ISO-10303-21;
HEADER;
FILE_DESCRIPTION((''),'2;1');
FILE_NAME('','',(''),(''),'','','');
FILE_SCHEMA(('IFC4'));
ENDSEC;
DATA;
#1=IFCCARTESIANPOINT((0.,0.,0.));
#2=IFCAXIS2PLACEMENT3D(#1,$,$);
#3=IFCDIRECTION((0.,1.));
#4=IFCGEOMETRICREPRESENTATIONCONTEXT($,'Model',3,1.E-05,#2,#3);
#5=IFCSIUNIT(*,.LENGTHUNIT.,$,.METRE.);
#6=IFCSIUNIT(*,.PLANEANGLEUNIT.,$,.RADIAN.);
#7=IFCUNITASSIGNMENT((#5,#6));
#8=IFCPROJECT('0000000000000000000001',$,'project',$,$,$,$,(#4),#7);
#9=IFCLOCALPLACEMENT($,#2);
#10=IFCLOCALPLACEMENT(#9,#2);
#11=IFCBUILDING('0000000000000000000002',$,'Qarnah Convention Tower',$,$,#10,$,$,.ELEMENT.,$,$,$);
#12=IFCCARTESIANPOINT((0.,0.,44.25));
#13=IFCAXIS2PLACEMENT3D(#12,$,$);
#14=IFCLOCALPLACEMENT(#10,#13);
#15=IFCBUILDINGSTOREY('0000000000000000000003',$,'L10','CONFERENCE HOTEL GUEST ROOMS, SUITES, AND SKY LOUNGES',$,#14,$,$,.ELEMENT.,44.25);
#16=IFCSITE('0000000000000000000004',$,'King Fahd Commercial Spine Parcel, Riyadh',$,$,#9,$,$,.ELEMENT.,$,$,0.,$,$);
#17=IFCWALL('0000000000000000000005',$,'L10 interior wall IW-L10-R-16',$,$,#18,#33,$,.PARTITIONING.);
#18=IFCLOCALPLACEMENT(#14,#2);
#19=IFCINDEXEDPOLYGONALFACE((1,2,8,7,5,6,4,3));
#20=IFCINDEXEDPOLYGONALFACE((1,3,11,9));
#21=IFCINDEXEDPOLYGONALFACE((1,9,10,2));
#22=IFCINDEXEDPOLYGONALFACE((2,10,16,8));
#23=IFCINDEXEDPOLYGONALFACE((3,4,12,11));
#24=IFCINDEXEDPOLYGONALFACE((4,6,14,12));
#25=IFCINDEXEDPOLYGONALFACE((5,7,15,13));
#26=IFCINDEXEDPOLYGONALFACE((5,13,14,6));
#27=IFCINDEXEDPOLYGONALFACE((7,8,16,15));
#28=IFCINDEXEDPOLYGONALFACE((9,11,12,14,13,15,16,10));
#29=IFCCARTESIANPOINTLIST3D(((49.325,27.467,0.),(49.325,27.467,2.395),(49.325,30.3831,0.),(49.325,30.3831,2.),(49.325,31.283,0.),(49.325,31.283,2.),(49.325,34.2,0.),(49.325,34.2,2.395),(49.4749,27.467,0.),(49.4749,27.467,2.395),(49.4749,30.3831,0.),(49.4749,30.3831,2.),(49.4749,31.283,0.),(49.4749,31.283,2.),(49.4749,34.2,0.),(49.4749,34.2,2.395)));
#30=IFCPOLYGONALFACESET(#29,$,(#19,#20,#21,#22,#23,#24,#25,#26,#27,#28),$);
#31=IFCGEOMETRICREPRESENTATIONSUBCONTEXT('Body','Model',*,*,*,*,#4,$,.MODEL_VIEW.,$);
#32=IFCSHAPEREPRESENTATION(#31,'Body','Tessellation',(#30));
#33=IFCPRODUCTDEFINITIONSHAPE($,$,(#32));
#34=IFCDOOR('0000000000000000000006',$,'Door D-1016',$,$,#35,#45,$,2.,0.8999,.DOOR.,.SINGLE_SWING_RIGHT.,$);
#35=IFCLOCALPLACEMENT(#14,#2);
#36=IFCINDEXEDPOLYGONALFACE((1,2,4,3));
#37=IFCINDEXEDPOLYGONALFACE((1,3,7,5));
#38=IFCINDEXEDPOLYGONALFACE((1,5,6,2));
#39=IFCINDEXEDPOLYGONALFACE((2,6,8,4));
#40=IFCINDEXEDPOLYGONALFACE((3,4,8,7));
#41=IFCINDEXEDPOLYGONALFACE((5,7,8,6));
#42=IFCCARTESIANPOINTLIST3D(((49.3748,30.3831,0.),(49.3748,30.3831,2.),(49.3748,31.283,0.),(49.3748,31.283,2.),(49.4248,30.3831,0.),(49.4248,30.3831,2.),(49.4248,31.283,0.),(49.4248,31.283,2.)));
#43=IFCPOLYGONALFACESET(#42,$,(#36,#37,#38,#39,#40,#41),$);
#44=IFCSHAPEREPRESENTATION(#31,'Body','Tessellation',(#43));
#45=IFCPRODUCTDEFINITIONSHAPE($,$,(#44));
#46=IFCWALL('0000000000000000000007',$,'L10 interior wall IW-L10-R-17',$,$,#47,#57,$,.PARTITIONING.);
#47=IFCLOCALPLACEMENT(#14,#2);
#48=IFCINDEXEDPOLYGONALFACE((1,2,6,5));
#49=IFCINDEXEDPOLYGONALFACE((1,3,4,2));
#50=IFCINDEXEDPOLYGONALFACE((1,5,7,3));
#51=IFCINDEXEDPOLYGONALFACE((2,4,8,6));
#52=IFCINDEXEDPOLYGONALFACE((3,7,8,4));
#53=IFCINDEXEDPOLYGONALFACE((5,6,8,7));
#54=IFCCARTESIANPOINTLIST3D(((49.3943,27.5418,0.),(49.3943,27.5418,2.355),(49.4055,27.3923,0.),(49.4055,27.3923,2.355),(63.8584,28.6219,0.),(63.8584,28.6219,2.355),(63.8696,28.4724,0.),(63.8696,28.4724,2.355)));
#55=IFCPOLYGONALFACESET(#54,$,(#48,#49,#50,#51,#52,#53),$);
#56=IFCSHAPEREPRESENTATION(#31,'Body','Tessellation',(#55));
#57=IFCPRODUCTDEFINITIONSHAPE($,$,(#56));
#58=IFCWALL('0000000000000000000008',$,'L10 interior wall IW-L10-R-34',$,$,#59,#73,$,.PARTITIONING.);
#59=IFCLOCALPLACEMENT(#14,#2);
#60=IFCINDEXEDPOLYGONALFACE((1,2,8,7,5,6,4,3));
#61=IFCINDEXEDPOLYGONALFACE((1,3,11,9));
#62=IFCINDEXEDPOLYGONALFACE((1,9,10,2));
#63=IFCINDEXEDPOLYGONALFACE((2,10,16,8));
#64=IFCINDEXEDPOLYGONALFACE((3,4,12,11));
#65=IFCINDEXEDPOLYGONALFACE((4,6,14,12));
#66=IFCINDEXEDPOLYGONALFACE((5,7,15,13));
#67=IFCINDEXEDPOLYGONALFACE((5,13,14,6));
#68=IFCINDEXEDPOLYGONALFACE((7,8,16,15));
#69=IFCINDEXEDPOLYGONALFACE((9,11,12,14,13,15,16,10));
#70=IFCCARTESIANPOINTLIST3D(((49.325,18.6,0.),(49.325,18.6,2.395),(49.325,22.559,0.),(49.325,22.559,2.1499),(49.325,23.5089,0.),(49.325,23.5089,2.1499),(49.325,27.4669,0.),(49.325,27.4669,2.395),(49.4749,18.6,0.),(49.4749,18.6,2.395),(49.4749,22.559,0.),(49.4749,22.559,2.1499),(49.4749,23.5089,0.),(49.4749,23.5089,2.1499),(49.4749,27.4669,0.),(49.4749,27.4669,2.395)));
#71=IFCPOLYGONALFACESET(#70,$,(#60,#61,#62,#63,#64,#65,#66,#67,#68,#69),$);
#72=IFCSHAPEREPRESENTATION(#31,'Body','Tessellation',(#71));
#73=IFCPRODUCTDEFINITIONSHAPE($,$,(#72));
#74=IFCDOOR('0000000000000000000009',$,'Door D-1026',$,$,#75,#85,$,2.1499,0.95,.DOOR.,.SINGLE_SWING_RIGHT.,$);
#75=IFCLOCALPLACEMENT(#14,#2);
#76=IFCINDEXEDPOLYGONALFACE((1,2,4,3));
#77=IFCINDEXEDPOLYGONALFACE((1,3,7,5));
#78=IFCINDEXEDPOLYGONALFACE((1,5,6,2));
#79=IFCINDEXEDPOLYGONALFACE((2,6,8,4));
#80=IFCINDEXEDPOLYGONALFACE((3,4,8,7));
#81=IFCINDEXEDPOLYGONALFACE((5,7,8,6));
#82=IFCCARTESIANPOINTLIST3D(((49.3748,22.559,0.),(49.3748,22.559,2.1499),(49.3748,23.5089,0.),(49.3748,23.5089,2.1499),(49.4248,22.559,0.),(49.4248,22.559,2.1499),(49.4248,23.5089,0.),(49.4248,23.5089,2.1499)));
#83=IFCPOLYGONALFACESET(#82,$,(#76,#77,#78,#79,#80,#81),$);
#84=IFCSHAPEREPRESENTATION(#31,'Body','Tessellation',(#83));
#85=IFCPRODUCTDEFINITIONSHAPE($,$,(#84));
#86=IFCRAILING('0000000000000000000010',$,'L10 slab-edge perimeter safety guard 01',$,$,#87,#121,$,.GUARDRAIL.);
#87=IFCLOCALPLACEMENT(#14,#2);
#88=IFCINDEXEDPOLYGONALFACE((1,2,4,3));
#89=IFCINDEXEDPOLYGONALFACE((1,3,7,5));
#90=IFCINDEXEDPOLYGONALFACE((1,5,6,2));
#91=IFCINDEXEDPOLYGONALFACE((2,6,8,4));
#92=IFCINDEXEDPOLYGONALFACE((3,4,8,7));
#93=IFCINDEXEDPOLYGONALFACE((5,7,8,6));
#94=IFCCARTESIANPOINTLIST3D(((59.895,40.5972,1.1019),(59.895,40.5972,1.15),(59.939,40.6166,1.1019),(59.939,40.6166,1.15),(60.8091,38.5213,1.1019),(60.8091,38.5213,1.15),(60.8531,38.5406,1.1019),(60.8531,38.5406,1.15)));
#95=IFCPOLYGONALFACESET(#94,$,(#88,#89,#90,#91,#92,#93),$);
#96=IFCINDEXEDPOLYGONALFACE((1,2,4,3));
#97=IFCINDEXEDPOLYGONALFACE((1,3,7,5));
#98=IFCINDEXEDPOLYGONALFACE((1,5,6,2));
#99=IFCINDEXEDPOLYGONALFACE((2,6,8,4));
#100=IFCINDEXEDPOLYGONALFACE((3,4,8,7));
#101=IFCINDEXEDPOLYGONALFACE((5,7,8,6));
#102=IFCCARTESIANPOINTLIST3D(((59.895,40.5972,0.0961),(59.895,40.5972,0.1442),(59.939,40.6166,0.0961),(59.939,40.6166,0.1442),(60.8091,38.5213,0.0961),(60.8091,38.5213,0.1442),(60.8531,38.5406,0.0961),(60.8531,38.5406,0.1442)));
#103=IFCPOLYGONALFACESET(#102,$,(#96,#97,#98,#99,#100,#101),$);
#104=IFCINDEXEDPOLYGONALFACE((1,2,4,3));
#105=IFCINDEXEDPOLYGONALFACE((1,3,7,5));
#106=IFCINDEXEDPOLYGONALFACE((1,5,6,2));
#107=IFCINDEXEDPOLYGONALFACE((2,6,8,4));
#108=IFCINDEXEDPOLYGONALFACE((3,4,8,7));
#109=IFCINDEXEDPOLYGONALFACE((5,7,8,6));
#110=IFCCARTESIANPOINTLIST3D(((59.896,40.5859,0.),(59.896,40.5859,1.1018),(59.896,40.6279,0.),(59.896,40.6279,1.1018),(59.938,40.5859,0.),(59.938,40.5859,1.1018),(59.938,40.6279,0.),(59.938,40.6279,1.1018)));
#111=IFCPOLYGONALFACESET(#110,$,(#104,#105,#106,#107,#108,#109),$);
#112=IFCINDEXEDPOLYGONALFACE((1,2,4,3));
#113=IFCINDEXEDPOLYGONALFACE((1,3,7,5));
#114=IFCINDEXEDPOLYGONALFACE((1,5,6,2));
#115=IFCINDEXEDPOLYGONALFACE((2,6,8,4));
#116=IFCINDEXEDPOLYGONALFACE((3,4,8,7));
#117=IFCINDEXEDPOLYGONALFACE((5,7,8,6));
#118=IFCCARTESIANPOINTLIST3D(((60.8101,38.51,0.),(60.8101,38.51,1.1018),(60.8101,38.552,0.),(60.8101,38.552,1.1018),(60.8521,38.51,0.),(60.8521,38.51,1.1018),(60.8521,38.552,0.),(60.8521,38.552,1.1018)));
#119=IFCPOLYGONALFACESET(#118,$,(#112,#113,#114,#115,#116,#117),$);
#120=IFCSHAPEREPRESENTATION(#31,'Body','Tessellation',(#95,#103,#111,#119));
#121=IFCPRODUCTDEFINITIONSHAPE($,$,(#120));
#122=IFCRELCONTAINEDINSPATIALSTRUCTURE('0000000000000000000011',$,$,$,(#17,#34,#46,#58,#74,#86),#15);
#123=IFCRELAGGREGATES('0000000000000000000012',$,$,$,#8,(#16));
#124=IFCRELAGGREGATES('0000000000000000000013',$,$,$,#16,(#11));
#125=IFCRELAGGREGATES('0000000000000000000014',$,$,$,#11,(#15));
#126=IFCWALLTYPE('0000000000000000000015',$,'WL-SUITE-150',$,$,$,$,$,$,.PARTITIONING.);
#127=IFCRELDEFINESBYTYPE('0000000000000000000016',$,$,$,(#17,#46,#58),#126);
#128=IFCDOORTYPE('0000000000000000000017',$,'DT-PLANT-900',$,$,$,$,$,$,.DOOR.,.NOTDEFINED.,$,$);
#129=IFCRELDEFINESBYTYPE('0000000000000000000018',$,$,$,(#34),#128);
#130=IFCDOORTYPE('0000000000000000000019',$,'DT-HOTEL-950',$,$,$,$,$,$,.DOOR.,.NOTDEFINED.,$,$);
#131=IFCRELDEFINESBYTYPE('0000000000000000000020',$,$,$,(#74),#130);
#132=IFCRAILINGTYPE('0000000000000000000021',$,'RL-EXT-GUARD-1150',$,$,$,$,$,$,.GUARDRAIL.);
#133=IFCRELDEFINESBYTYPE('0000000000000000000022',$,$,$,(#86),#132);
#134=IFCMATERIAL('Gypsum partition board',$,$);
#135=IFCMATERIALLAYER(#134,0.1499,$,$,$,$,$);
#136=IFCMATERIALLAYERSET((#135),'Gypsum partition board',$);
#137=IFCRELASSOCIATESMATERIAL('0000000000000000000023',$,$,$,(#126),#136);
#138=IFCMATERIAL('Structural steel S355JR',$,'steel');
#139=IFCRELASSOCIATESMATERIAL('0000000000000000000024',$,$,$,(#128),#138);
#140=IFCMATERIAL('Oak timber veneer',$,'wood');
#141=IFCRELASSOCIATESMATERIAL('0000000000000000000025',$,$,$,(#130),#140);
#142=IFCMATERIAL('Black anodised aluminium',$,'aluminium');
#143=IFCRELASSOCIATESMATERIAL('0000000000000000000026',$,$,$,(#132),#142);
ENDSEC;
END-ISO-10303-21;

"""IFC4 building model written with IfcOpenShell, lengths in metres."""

from ifc_helpers import new_model, si_unit, direction, frame, frame_2d, origin, origin_2d, place, context, subcontext, project, spatial, rectangle, extrude, material, layer, layer_set, type_object, element, fill, save


model = new_model("IFC4")

# Units and contexts
model_context = context("Model", 3, precision=1e-05, world=origin(), true_north=direction((0.0, 1.0)))
body_context = subcontext(model_context, "Body", "Model", "MODEL_VIEW")
ifc_project = project(units=[si_unit("LENGTHUNIT", "METRE"), si_unit("PLANEANGLEUNIT", "RADIAN")], contexts=[model_context])

# Site, building, storey
site_placement = place(None, origin())
site = spatial("IfcSite", under=ifc_project, at=site_placement, Name="King Fahd Commercial Spine Parcel, Riyadh", CompositionType="ELEMENT", RefElevation=0.0)
building_placement = place(site_placement, origin())
building = spatial("IfcBuilding", under=site, at=building_placement, Name="Qarnah Convention Tower", CompositionType="ELEMENT")
storey_placement = place(building_placement, frame((0.0, 0.0, 44.25)))
storey = spatial("IfcBuildingStorey", under=building, at=storey_placement, Name="L10", Description="CONFERENCE HOTEL GUEST ROOMS, SUITES, AND SKY LOUNGES", CompositionType="ELEMENT", Elevation=44.25)

# Shared definitions
ifc_material_1 = material(Name="Structural steel S355JR", Category="steel")

# Shared definitions
ifc_material_2 = material(Name="Black anodised aluminium", Category="aluminium")

# Shared definitions
ifc_material_3 = material(Name="Gypsum partition board")
ifc_layer_1 = layer(ifc_material_3, 0.1499)
ifc_layer_set_1 = layer_set([ifc_layer_1], Name="Gypsum partition board")
wall_type_1 = type_object("IfcWallType", Name="WL-SUITE-150", PredefinedType="PARTITIONING", material=ifc_layer_set_1)

# Wall, opening, door
wall_1_placement = place(storey_placement, frame((49.3999, 34.2, 0.0), z_axis=(0.0, 0.0, 1.0), x_axis=(0.0, -1.0, 0.0)))
wall_1 = element("IfcWall", 1, at=wall_1_placement, inside=storey, type_object=wall_type_1, Name="L10 interior wall IW-L10-R-16", PredefinedType="PARTITIONING", context=body_context, shape_type="SweptSolid", body=[
    extrude(rectangle(XDim=6.7329, YDim=0.1499, at=frame_2d((3.3665, 0.0))), origin(), (0.0, 0.0, 1.0), 2.395),
])
opening_1_placement = place(wall_1_placement, frame((2.917, 0.0, 0.0)))
opening_1 = element("IfcOpeningElement", 2, at=opening_1_placement, cuts=wall_1, PredefinedType="OPENING", context=body_context, shape_type="SweptSolid", body=[
    extrude(rectangle(XDim=0.8999, YDim=2.0, at=frame_2d((0.45, 1.0))), frame((0.0, 0.085, 0.0), z_axis=(0.0, -1.0, 0.0), x_axis=(1.0, 0.0, 0.0)), (0.0, 0.0, 1.0), 0.1699),
])
door_type_1 = type_object("IfcDoorType", Name="DT-PLANT-900", OperationType="NOTDEFINED", PredefinedType="DOOR", material=ifc_material_1)
door_1_placement = place(opening_1_placement, origin())
door_1 = element("IfcDoor", 3, at=door_1_placement, inside=storey, type_object=door_type_1, Name="Door D-1016", OperationType="SINGLE_SWING_RIGHT", OverallHeight=2.0, OverallWidth=0.8999, PredefinedType="DOOR", context=body_context, shape_type="SweptSolid", body=[
    extrude(rectangle(XDim=0.8999, YDim=2.0, at=frame_2d((0.45, 1.0))), frame((0.0, 0.0249, 0.0), z_axis=(0.0, -1.0, 0.0), x_axis=(1.0, 0.0, 0.0)), (0.0, 0.0, 1.0), 0.05),
])
fill(opening_1, door_1)

# Wall
wall_2_placement = place(storey_placement, frame((49.3999, 27.467, 0.0), z_axis=(0.0, 0.0, 1.0), x_axis=(0.997224, 0.074466, 0.0)))
element("IfcWall", 4, at=wall_2_placement, inside=storey, type_object=wall_type_1, Name="L10 interior wall IW-L10-R-17", PredefinedType="PARTITIONING", context=body_context, shape_type="SweptSolid", body=[
    extrude(rectangle(XDim=14.5044, YDim=0.1499, at=frame_2d((7.2522, 0.0))), origin(), (0.0, 0.0, 1.0), 2.355),
])

# Wall, opening, door
wall_3_placement = place(storey_placement, frame((49.3999, 27.467, 0.0), z_axis=(0.0, 0.0, 1.0), x_axis=(0.0, -1.0, 0.0)))
wall_3 = element("IfcWall", 5, at=wall_3_placement, inside=storey, type_object=wall_type_1, Name="L10 interior wall IW-L10-R-34", PredefinedType="PARTITIONING", context=body_context, shape_type="SweptSolid", body=[
    extrude(rectangle(XDim=8.8669, YDim=0.1499, at=frame_2d((4.4336, 0.0))), origin(), (0.0, 0.0, 1.0), 2.395),
])
opening_2_placement = place(wall_3_placement, frame((3.958, 0.0, 0.0)))
opening_2 = element("IfcOpeningElement", 6, at=opening_2_placement, cuts=wall_3, PredefinedType="OPENING", context=body_context, shape_type="SweptSolid", body=[
    extrude(rectangle(XDim=0.95, YDim=2.1499, at=frame_2d((0.4751, 1.075))), frame((0.0, 0.085, 0.0), z_axis=(0.0, -1.0, 0.0), x_axis=(1.0, 0.0, 0.0)), (0.0, 0.0, 1.0), 0.1699),
])
ifc_material_4 = material(Name="Oak timber veneer", Category="wood")
door_type_2 = type_object("IfcDoorType", Name="DT-HOTEL-950", OperationType="NOTDEFINED", PredefinedType="DOOR", material=ifc_material_4)
door_2_placement = place(opening_2_placement, origin())
door_2 = element("IfcDoor", 7, at=door_2_placement, inside=storey, type_object=door_type_2, Name="Door D-1026", OperationType="SINGLE_SWING_RIGHT", OverallHeight=2.1499, OverallWidth=0.95, PredefinedType="DOOR", context=body_context, shape_type="SweptSolid", body=[
    extrude(rectangle(XDim=0.95, YDim=2.1499, at=frame_2d((0.4751, 1.075))), frame((0.0, 0.0249, 0.0), z_axis=(0.0, -1.0, 0.0), x_axis=(1.0, 0.0, 0.0)), (0.0, 0.0, 1.0), 0.05),
])
fill(opening_2, door_2)

# Railing
railing_type = type_object("IfcRailingType", Name="RL-EXT-GUARD-1150", PredefinedType="GUARDRAIL", material=ifc_material_2)
railing_1_placement = place(storey_placement, frame((59.917, 40.6069, 0.0)))
element("IfcRailing", 8, at=railing_1_placement, inside=storey, type_object=railing_type, Name="L10 slab-edge perimeter safety guard 01", PredefinedType="GUARDRAIL", context=body_context, shape_type="SweptSolid", body=[
    extrude(rectangle(XDim=0.0481, YDim=0.0481, at=origin_2d()), frame((0.0, 0.0, 1.126), z_axis=(0.40298, -0.915209, 0.0), x_axis=(0.915209, 0.40298, 0.0)), (0.0, 0.0, 1.0), 2.2683),
    extrude(rectangle(XDim=0.0481, YDim=0.0481, at=origin_2d()), frame((0.0, 0.0, 0.1201), z_axis=(0.40298, -0.915209, 0.0), x_axis=(0.915209, 0.40298, 0.0)), (0.0, 0.0, 1.0), 2.2683),
    extrude(rectangle(XDim=0.042, YDim=0.042, at=origin_2d()), origin(), (0.0, 0.0, 1.0), 1.1018),
    extrude(rectangle(XDim=0.042, YDim=0.042, at=origin_2d()), frame((0.9141, -2.0759, 0.0)), (0.0, 0.0, 1.0), 1.1018),
])

save(model, "model.ifc")
